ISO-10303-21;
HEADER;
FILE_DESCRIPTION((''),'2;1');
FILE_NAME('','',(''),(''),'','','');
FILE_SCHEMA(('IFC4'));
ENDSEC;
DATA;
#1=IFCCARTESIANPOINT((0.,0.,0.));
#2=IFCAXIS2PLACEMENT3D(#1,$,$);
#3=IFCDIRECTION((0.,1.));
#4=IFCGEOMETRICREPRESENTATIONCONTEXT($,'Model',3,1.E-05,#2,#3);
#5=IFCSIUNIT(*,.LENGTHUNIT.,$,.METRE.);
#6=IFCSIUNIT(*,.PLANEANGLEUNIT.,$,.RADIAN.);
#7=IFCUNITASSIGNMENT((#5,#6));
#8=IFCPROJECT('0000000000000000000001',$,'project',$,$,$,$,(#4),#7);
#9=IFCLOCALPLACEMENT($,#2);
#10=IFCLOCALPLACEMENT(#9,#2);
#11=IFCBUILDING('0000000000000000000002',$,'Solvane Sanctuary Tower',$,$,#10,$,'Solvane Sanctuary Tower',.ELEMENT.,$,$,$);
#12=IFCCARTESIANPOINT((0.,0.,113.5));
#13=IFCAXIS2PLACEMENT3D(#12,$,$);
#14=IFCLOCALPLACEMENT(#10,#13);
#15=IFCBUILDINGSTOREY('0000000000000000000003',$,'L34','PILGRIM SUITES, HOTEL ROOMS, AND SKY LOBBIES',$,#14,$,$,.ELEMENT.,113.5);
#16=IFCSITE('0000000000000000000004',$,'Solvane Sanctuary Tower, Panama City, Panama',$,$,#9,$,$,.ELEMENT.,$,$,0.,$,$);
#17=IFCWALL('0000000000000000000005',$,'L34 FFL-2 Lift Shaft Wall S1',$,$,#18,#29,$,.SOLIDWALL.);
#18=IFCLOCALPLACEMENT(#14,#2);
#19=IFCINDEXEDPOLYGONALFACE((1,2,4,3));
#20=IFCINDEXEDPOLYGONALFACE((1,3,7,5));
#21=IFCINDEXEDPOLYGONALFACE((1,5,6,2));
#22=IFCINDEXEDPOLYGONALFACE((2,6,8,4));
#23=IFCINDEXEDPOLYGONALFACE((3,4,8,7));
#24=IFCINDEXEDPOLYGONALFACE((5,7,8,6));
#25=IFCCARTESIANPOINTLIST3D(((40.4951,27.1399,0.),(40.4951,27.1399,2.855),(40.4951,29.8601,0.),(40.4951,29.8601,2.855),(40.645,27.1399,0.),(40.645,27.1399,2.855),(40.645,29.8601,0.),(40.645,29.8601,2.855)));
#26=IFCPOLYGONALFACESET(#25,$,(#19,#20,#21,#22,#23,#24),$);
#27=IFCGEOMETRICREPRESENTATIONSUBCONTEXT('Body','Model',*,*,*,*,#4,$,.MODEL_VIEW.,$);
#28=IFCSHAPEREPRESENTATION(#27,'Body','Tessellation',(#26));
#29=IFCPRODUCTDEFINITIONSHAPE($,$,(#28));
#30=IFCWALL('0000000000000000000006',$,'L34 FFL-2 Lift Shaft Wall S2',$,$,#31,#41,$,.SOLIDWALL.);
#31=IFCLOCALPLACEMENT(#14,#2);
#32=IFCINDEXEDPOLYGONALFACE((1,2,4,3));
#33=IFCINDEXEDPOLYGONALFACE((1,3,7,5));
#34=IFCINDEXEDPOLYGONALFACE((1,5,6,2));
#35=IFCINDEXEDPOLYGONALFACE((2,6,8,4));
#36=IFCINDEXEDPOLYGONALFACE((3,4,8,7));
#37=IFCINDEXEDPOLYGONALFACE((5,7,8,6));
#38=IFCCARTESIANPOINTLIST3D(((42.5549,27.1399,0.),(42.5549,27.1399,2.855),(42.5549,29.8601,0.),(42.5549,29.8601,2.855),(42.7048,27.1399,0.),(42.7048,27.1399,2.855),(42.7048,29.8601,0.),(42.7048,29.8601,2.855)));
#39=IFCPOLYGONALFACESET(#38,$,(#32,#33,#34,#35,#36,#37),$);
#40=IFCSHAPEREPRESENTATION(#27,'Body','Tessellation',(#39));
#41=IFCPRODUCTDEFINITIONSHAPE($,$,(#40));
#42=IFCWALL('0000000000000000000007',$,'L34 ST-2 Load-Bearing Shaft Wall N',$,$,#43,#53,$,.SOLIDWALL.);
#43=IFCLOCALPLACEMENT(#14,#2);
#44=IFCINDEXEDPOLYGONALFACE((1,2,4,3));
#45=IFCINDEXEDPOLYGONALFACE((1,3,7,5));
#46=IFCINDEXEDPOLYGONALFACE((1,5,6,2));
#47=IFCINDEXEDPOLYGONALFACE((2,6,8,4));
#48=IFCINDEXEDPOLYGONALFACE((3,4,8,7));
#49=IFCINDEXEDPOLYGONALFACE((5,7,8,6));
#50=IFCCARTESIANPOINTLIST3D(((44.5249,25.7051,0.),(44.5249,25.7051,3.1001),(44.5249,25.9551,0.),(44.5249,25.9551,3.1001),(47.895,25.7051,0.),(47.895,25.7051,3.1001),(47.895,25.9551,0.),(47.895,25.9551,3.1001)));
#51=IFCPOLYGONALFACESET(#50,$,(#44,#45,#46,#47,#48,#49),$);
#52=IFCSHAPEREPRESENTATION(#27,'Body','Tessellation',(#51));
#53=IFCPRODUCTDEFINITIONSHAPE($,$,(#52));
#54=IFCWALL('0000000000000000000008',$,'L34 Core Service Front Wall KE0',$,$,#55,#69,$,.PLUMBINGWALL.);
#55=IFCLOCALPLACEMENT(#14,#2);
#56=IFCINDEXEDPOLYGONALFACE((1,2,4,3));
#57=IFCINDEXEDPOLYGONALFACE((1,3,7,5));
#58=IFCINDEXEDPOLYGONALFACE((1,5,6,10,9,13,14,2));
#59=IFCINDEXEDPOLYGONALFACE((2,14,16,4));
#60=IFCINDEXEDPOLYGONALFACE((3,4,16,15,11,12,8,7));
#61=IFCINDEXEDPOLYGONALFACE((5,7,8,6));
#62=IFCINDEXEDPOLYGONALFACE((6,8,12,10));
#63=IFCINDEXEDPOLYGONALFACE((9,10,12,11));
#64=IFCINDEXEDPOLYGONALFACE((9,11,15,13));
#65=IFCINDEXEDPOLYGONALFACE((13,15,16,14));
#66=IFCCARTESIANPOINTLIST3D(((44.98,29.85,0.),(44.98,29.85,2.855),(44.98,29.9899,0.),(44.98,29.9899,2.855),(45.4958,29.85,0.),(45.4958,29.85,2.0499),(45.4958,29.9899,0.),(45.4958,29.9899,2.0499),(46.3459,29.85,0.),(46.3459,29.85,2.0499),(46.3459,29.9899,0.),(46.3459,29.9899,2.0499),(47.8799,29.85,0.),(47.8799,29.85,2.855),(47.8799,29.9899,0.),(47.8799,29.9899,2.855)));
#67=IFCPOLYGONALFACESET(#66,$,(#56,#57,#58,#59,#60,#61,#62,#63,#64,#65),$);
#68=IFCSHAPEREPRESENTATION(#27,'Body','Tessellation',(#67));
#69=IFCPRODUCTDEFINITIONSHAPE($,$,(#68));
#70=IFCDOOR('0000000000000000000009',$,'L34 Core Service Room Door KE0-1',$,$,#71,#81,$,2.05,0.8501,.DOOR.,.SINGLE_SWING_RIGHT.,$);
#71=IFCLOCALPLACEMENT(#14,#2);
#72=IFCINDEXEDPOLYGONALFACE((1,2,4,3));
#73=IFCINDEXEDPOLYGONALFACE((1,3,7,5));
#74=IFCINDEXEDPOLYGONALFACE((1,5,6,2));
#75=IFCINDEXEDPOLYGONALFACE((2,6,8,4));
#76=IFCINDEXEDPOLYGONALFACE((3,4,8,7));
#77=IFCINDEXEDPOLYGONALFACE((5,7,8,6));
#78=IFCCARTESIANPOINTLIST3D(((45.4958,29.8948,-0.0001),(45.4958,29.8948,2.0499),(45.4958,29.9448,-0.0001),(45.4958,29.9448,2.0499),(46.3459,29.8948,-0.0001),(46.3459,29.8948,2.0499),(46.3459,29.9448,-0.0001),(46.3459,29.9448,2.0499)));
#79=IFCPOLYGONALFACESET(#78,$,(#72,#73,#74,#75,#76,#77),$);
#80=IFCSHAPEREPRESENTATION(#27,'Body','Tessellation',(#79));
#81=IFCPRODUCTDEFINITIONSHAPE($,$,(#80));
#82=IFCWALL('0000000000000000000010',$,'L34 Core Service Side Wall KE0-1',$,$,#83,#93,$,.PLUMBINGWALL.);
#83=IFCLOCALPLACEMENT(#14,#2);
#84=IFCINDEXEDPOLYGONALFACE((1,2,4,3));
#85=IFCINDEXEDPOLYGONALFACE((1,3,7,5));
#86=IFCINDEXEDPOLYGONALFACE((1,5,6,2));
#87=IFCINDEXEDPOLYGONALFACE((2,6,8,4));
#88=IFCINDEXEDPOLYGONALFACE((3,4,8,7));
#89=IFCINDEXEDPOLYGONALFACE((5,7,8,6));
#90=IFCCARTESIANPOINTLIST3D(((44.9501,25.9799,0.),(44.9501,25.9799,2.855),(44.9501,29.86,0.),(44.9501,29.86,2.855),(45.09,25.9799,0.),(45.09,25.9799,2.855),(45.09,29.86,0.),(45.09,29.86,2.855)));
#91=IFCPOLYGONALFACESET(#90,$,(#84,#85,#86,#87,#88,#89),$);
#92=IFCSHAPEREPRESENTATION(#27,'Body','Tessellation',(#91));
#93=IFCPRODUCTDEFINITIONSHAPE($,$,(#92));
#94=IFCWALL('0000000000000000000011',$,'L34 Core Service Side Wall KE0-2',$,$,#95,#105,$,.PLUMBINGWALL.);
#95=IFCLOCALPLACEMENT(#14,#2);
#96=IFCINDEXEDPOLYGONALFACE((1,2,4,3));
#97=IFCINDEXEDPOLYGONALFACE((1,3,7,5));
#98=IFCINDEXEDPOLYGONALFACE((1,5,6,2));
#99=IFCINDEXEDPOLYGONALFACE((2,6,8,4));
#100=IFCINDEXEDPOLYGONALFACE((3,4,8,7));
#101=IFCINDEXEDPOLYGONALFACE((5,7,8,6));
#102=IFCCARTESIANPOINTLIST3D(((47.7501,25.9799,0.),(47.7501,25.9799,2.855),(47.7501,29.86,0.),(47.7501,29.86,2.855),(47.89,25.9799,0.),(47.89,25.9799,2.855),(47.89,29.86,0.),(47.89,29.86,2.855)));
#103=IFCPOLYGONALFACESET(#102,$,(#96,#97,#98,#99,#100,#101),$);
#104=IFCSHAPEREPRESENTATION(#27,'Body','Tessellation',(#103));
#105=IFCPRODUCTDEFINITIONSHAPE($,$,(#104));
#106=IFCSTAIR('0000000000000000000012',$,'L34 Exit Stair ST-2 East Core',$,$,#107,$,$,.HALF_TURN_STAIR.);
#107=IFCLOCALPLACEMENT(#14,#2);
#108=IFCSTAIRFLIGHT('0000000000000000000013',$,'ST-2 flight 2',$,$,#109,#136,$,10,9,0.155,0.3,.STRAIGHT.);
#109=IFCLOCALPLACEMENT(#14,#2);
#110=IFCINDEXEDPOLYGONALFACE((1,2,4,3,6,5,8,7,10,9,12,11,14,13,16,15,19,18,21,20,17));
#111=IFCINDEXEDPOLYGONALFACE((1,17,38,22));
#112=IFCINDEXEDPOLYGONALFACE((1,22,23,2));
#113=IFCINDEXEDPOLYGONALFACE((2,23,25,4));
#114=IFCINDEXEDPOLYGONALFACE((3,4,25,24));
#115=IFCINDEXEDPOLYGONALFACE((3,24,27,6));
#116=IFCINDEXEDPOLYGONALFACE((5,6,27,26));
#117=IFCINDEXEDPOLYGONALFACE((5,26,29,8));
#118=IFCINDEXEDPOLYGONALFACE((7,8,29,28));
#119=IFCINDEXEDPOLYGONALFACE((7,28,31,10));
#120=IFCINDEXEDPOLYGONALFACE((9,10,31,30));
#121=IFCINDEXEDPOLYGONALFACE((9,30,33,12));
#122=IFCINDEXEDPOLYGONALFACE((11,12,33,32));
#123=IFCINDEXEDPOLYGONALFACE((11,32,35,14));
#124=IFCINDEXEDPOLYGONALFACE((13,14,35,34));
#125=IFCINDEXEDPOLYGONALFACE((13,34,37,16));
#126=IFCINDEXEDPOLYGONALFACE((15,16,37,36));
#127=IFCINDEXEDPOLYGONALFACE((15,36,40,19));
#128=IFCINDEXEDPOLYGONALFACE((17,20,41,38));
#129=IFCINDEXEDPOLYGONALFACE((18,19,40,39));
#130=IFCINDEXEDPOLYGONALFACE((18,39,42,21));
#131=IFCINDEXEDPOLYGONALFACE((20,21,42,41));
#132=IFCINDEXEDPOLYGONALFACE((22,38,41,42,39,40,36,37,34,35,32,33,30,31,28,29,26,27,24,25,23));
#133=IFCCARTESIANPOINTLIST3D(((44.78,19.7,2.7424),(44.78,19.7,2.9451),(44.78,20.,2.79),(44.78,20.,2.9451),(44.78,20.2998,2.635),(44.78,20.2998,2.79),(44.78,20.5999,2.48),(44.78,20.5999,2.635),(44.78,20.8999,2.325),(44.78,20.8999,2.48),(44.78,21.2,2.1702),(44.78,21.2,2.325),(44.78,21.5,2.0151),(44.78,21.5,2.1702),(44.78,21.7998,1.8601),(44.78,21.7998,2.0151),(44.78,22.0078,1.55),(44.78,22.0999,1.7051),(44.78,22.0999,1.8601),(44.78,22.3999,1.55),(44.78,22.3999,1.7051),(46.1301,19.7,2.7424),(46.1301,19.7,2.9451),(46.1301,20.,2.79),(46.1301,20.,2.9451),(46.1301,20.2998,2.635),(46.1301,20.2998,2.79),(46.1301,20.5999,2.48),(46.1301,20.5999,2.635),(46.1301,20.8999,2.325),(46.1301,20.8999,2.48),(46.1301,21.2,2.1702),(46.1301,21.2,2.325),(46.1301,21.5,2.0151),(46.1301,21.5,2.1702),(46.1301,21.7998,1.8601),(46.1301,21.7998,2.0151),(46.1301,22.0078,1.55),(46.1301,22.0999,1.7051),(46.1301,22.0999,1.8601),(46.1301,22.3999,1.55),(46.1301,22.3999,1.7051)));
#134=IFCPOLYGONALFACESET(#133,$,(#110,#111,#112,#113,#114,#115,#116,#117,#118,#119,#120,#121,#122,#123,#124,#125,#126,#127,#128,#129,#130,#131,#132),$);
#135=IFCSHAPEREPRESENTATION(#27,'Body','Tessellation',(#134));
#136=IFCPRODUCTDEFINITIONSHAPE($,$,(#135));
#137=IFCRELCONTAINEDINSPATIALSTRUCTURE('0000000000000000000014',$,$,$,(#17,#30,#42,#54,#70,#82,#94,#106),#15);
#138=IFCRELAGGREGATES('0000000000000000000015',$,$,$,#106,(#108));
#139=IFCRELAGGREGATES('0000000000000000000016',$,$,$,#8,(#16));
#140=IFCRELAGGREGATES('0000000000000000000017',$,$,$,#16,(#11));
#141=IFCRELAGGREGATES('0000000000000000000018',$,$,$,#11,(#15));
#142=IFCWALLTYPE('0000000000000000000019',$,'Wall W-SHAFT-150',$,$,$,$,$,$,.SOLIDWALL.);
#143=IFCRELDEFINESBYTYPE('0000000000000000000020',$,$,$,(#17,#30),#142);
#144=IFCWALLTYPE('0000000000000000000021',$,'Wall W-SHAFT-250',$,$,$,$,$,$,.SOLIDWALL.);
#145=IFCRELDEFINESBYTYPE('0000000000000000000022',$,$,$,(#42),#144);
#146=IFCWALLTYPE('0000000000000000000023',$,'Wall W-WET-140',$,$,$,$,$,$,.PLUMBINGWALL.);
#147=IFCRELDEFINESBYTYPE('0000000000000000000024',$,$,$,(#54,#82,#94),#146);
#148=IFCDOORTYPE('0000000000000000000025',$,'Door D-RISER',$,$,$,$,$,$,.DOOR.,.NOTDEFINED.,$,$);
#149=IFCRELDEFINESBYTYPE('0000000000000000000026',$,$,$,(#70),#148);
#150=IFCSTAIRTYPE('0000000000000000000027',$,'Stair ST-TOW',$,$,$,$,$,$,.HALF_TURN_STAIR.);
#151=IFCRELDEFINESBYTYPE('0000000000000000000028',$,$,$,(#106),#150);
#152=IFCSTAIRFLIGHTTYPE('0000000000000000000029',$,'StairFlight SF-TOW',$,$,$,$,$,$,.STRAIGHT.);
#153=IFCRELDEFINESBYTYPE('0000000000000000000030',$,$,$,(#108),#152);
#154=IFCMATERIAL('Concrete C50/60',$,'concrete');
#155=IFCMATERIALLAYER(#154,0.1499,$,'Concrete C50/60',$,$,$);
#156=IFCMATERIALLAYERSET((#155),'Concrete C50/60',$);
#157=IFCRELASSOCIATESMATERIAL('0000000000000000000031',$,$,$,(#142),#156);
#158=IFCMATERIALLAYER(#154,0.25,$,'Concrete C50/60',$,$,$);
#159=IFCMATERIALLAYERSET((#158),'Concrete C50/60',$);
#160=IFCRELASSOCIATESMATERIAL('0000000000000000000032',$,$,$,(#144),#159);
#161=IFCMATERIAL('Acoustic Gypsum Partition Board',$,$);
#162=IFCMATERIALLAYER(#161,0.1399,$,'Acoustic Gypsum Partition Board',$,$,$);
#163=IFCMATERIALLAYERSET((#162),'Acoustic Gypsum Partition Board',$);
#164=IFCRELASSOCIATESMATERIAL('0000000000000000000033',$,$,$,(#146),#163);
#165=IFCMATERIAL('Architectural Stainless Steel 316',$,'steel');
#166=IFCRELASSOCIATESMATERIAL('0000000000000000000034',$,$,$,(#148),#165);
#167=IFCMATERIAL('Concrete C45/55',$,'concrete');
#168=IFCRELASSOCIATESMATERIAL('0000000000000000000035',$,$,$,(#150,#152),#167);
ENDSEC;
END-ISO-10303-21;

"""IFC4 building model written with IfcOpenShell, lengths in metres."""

from ifc_helpers import new_model, si_unit, direction, frame, frame_2d, origin, place, context, subcontext, project, spatial, polyline, rectangle, outline, extrude, material, layer, layer_set, type_object, element, fill, aggregate, save


model = new_model("IFC4")

# Units and contexts
model_context = context("Model", 3, precision=1e-05, world=origin(), true_north=direction((0.0, 1.0)))
body_context = subcontext(model_context, "Body", "Model", "MODEL_VIEW")
ifc_project = project(units=[si_unit("LENGTHUNIT", "METRE"), si_unit("PLANEANGLEUNIT", "RADIAN")], contexts=[model_context])

# Site, building, storey
site_placement = place(None, origin())
site = spatial("IfcSite", under=ifc_project, at=site_placement, Name="Solvane Sanctuary Tower, Panama City, Panama", CompositionType="ELEMENT", RefElevation=0.0)
building_placement = place(site_placement, origin())
building = spatial("IfcBuilding", under=site, at=building_placement, Name="Solvane Sanctuary Tower", LongName="Solvane Sanctuary Tower", CompositionType="ELEMENT")
storey_placement = place(building_placement, frame((0.0, 0.0, 113.5)))
storey = spatial("IfcBuildingStorey", under=building, at=storey_placement, Name="L34", Description="PILGRIM SUITES, HOTEL ROOMS, AND SKY LOBBIES", CompositionType="ELEMENT", Elevation=113.5)

# Shared definitions
ifc_material_1 = material(Name="Acoustic Gypsum Partition Board")

# Shared definitions
ifc_material_2 = material(Name="Concrete C50/60", Category="concrete")
ifc_layer_1 = layer(ifc_material_2, 0.1499, Name="Concrete C50/60")
ifc_layer_set_1 = layer_set([ifc_layer_1], Name="Concrete C50/60")
wall_type_1 = type_object("IfcWallType", Name="Wall W-SHAFT-150", PredefinedType="SOLIDWALL", material=ifc_layer_set_1)

# Shared definitions
ifc_material_3 = material(Name="Architectural Stainless Steel 316", Category="steel")

# Walls
for number, where, z_axis, x_axis, name in (
    (1, (40.5701, 27.1399, 0.0), (0.0, 0.0, 1.0), (0.0, 1.0, 0.0), "L34 FFL-2 Lift Shaft Wall S1"),
    (2, (42.6299, 27.1399, 0.0), (0.0, 0.0, 1.0), (0.0, 1.0, 0.0), "L34 FFL-2 Lift Shaft Wall S2"),
):
    element("IfcWall", number, at=place(storey_placement, frame(where, z_axis=z_axis, x_axis=x_axis)), inside=storey, type_object=wall_type_1, Name=name, PredefinedType="SOLIDWALL", context=body_context, shape_type="SweptSolid", body=[
        extrude(rectangle(XDim=2.7202, YDim=0.1499, at=frame_2d((1.3601, 0.0))), origin(), (0.0, 0.0, 1.0), 2.855),
    ])
ifc_layer_2 = layer(ifc_material_2, 0.25, Name="Concrete C50/60")
ifc_layer_set_2 = layer_set([ifc_layer_2], Name="Concrete C50/60")
wall_type_2 = type_object("IfcWallType", Name="Wall W-SHAFT-250", PredefinedType="SOLIDWALL", material=ifc_layer_set_2)
wall_1_placement = place(storey_placement, frame((44.5249, 25.8301, 0.0), z_axis=(0.0, 0.0, 1.0), x_axis=(1.0, 0.0, 0.0)))
element("IfcWall", 3, at=wall_1_placement, inside=storey, type_object=wall_type_2, Name="L34 ST-2 Load-Bearing Shaft Wall N", PredefinedType="SOLIDWALL", context=body_context, shape_type="SweptSolid", body=[
    extrude(rectangle(XDim=3.3701, YDim=0.25, at=frame_2d((1.6851, 0.0))), origin(), (0.0, 0.0, 1.0), 3.1001),
])

# Wall, opening, door
ifc_layer_3 = layer(ifc_material_1, 0.1399, Name="Acoustic Gypsum Partition Board")
ifc_layer_set_3 = layer_set([ifc_layer_3], Name="Acoustic Gypsum Partition Board")
wall_type_3 = type_object("IfcWallType", Name="Wall W-WET-140", PredefinedType="PLUMBINGWALL", material=ifc_layer_set_3)
wall_2_placement = place(storey_placement, frame((44.98, 29.9199, 0.0), z_axis=(0.0, 0.0, 1.0), x_axis=(1.0, 0.0, 0.0)))
wall_2 = element("IfcWall", 4, at=wall_2_placement, inside=storey, type_object=wall_type_3, Name="L34 Core Service Front Wall KE0", PredefinedType="PLUMBINGWALL", context=body_context, shape_type="SweptSolid", body=[
    extrude(rectangle(XDim=2.8999, YDim=0.1399, at=frame_2d((1.45, 0.0))), origin(), (0.0, 0.0, 1.0), 2.855),
])
opening_1_placement = place(wall_2_placement, frame((0.5159, 0.0, 0.0)))
opening_1 = element("IfcOpeningElement", 5, at=opening_1_placement, cuts=wall_2, PredefinedType="OPENING", context=body_context, shape_type="SweptSolid", body=[
    extrude(rectangle(XDim=0.8501, YDim=2.05, at=frame_2d((0.425, 1.0249))), frame((0.0, 0.0798, 0.0), z_axis=(0.0, -1.0, 0.0), x_axis=(1.0, 0.0, 0.0)), (0.0, 0.0, 1.0), 0.1599),
])
door_type_1 = type_object("IfcDoorType", Name="Door D-RISER", OperationType="NOTDEFINED", PredefinedType="DOOR", material=ifc_material_3)
door_1_placement = place(opening_1_placement, origin())
door_1 = element("IfcDoor", 6, at=door_1_placement, inside=storey, type_object=door_type_1, Name="L34 Core Service Room Door KE0-1", OperationType="SINGLE_SWING_RIGHT", OverallHeight=2.05, OverallWidth=0.8501, PredefinedType="DOOR", context=body_context, shape_type="SweptSolid", body=[
    extrude(rectangle(XDim=0.8501, YDim=2.05, at=frame_2d((0.425, 1.0249))), frame((0.0, 0.0249, 0.0), z_axis=(0.0, -1.0, 0.0), x_axis=(1.0, 0.0, 0.0)), (0.0, 0.0, 1.0), 0.05),
])
fill(opening_1, door_1)

# Walls
for number, where, z_axis, x_axis, name in (
    (7, (45.02, 25.98, 0.0), (0.0, 0.0, 1.0), (0.0, 1.0, 0.0), "L34 Core Service Side Wall KE0-1"),
    (8, (47.8201, 25.98, 0.0), (0.0, 0.0, 1.0), (0.0, 1.0, 0.0), "L34 Core Service Side Wall KE0-2"),
):
    element("IfcWall", number, at=place(storey_placement, frame(where, z_axis=z_axis, x_axis=x_axis)), inside=storey, type_object=wall_type_3, Name=name, PredefinedType="PLUMBINGWALL", context=body_context, shape_type="SweptSolid", body=[
        extrude(rectangle(XDim=3.8801, YDim=0.1399, at=frame_2d((1.9399, 0.0))), origin(), (0.0, 0.0, 1.0), 2.855),
    ])

# Stair, stair flight
ifc_material_4 = material(Name="Concrete C45/55", Category="concrete")
stair_type = type_object("IfcStairType", Name="Stair ST-TOW", PredefinedType="HALF_TURN_STAIR", material=ifc_material_4)
stair_placement = place(storey_placement, origin())
stair = element("IfcStair", 9, at=stair_placement, inside=storey, type_object=stair_type, Name="L34 Exit Stair ST-2 East Core", PredefinedType="HALF_TURN_STAIR")
stair_flight_type = type_object("IfcStairFlightType", Name="StairFlight SF-TOW", PredefinedType="STRAIGHT", material=ifc_material_4)
stair_flight_placement = place(storey_placement, frame((45.4551, 22.3999, 1.55), z_axis=(0.0, 0.0, 1.0), x_axis=(0.0, -1.0, 0.0)))
stair_flight = element("IfcStairFlight", 10, at=stair_flight_placement, type_object=stair_flight_type, Name="ST-2 flight 2", NumberOfRisers=10, NumberOfTreads=9, PredefinedType="STRAIGHT", RiserHeight=0.155, TreadLength=0.3, context=body_context, shape_type="SweptSolid", body=[
    extrude(outline(polyline([(0.0, 0.0), (0.0, 0.155), (0.3, 0.155), (0.3, 0.3101), (0.6001, 0.3101), (0.6001, 0.4651), (0.8999, 0.4651), (0.8999, 0.6201), (1.2, 0.6201), (1.2, 0.7749), (1.5, 0.7749), (1.5, 0.9299), (1.8, 0.9299), (1.8, 1.085), (2.1001, 1.085), (2.1001, 1.24), (2.3999, 1.24), (2.3999, 1.395), (2.7, 1.395), (2.7, 1.55), (2.7, 1.1924), (0.3921, 0.0), (0.0, 0.0)])), frame((0.0, 0.675, 0.0), z_axis=(0.0, -1.0, 0.0), x_axis=(1.0, 0.0, 0.0)), (0.0, 0.0, 1.0), 1.3501),
])
aggregate(stair, [stair_flight])

save(model, "model.ifc")
